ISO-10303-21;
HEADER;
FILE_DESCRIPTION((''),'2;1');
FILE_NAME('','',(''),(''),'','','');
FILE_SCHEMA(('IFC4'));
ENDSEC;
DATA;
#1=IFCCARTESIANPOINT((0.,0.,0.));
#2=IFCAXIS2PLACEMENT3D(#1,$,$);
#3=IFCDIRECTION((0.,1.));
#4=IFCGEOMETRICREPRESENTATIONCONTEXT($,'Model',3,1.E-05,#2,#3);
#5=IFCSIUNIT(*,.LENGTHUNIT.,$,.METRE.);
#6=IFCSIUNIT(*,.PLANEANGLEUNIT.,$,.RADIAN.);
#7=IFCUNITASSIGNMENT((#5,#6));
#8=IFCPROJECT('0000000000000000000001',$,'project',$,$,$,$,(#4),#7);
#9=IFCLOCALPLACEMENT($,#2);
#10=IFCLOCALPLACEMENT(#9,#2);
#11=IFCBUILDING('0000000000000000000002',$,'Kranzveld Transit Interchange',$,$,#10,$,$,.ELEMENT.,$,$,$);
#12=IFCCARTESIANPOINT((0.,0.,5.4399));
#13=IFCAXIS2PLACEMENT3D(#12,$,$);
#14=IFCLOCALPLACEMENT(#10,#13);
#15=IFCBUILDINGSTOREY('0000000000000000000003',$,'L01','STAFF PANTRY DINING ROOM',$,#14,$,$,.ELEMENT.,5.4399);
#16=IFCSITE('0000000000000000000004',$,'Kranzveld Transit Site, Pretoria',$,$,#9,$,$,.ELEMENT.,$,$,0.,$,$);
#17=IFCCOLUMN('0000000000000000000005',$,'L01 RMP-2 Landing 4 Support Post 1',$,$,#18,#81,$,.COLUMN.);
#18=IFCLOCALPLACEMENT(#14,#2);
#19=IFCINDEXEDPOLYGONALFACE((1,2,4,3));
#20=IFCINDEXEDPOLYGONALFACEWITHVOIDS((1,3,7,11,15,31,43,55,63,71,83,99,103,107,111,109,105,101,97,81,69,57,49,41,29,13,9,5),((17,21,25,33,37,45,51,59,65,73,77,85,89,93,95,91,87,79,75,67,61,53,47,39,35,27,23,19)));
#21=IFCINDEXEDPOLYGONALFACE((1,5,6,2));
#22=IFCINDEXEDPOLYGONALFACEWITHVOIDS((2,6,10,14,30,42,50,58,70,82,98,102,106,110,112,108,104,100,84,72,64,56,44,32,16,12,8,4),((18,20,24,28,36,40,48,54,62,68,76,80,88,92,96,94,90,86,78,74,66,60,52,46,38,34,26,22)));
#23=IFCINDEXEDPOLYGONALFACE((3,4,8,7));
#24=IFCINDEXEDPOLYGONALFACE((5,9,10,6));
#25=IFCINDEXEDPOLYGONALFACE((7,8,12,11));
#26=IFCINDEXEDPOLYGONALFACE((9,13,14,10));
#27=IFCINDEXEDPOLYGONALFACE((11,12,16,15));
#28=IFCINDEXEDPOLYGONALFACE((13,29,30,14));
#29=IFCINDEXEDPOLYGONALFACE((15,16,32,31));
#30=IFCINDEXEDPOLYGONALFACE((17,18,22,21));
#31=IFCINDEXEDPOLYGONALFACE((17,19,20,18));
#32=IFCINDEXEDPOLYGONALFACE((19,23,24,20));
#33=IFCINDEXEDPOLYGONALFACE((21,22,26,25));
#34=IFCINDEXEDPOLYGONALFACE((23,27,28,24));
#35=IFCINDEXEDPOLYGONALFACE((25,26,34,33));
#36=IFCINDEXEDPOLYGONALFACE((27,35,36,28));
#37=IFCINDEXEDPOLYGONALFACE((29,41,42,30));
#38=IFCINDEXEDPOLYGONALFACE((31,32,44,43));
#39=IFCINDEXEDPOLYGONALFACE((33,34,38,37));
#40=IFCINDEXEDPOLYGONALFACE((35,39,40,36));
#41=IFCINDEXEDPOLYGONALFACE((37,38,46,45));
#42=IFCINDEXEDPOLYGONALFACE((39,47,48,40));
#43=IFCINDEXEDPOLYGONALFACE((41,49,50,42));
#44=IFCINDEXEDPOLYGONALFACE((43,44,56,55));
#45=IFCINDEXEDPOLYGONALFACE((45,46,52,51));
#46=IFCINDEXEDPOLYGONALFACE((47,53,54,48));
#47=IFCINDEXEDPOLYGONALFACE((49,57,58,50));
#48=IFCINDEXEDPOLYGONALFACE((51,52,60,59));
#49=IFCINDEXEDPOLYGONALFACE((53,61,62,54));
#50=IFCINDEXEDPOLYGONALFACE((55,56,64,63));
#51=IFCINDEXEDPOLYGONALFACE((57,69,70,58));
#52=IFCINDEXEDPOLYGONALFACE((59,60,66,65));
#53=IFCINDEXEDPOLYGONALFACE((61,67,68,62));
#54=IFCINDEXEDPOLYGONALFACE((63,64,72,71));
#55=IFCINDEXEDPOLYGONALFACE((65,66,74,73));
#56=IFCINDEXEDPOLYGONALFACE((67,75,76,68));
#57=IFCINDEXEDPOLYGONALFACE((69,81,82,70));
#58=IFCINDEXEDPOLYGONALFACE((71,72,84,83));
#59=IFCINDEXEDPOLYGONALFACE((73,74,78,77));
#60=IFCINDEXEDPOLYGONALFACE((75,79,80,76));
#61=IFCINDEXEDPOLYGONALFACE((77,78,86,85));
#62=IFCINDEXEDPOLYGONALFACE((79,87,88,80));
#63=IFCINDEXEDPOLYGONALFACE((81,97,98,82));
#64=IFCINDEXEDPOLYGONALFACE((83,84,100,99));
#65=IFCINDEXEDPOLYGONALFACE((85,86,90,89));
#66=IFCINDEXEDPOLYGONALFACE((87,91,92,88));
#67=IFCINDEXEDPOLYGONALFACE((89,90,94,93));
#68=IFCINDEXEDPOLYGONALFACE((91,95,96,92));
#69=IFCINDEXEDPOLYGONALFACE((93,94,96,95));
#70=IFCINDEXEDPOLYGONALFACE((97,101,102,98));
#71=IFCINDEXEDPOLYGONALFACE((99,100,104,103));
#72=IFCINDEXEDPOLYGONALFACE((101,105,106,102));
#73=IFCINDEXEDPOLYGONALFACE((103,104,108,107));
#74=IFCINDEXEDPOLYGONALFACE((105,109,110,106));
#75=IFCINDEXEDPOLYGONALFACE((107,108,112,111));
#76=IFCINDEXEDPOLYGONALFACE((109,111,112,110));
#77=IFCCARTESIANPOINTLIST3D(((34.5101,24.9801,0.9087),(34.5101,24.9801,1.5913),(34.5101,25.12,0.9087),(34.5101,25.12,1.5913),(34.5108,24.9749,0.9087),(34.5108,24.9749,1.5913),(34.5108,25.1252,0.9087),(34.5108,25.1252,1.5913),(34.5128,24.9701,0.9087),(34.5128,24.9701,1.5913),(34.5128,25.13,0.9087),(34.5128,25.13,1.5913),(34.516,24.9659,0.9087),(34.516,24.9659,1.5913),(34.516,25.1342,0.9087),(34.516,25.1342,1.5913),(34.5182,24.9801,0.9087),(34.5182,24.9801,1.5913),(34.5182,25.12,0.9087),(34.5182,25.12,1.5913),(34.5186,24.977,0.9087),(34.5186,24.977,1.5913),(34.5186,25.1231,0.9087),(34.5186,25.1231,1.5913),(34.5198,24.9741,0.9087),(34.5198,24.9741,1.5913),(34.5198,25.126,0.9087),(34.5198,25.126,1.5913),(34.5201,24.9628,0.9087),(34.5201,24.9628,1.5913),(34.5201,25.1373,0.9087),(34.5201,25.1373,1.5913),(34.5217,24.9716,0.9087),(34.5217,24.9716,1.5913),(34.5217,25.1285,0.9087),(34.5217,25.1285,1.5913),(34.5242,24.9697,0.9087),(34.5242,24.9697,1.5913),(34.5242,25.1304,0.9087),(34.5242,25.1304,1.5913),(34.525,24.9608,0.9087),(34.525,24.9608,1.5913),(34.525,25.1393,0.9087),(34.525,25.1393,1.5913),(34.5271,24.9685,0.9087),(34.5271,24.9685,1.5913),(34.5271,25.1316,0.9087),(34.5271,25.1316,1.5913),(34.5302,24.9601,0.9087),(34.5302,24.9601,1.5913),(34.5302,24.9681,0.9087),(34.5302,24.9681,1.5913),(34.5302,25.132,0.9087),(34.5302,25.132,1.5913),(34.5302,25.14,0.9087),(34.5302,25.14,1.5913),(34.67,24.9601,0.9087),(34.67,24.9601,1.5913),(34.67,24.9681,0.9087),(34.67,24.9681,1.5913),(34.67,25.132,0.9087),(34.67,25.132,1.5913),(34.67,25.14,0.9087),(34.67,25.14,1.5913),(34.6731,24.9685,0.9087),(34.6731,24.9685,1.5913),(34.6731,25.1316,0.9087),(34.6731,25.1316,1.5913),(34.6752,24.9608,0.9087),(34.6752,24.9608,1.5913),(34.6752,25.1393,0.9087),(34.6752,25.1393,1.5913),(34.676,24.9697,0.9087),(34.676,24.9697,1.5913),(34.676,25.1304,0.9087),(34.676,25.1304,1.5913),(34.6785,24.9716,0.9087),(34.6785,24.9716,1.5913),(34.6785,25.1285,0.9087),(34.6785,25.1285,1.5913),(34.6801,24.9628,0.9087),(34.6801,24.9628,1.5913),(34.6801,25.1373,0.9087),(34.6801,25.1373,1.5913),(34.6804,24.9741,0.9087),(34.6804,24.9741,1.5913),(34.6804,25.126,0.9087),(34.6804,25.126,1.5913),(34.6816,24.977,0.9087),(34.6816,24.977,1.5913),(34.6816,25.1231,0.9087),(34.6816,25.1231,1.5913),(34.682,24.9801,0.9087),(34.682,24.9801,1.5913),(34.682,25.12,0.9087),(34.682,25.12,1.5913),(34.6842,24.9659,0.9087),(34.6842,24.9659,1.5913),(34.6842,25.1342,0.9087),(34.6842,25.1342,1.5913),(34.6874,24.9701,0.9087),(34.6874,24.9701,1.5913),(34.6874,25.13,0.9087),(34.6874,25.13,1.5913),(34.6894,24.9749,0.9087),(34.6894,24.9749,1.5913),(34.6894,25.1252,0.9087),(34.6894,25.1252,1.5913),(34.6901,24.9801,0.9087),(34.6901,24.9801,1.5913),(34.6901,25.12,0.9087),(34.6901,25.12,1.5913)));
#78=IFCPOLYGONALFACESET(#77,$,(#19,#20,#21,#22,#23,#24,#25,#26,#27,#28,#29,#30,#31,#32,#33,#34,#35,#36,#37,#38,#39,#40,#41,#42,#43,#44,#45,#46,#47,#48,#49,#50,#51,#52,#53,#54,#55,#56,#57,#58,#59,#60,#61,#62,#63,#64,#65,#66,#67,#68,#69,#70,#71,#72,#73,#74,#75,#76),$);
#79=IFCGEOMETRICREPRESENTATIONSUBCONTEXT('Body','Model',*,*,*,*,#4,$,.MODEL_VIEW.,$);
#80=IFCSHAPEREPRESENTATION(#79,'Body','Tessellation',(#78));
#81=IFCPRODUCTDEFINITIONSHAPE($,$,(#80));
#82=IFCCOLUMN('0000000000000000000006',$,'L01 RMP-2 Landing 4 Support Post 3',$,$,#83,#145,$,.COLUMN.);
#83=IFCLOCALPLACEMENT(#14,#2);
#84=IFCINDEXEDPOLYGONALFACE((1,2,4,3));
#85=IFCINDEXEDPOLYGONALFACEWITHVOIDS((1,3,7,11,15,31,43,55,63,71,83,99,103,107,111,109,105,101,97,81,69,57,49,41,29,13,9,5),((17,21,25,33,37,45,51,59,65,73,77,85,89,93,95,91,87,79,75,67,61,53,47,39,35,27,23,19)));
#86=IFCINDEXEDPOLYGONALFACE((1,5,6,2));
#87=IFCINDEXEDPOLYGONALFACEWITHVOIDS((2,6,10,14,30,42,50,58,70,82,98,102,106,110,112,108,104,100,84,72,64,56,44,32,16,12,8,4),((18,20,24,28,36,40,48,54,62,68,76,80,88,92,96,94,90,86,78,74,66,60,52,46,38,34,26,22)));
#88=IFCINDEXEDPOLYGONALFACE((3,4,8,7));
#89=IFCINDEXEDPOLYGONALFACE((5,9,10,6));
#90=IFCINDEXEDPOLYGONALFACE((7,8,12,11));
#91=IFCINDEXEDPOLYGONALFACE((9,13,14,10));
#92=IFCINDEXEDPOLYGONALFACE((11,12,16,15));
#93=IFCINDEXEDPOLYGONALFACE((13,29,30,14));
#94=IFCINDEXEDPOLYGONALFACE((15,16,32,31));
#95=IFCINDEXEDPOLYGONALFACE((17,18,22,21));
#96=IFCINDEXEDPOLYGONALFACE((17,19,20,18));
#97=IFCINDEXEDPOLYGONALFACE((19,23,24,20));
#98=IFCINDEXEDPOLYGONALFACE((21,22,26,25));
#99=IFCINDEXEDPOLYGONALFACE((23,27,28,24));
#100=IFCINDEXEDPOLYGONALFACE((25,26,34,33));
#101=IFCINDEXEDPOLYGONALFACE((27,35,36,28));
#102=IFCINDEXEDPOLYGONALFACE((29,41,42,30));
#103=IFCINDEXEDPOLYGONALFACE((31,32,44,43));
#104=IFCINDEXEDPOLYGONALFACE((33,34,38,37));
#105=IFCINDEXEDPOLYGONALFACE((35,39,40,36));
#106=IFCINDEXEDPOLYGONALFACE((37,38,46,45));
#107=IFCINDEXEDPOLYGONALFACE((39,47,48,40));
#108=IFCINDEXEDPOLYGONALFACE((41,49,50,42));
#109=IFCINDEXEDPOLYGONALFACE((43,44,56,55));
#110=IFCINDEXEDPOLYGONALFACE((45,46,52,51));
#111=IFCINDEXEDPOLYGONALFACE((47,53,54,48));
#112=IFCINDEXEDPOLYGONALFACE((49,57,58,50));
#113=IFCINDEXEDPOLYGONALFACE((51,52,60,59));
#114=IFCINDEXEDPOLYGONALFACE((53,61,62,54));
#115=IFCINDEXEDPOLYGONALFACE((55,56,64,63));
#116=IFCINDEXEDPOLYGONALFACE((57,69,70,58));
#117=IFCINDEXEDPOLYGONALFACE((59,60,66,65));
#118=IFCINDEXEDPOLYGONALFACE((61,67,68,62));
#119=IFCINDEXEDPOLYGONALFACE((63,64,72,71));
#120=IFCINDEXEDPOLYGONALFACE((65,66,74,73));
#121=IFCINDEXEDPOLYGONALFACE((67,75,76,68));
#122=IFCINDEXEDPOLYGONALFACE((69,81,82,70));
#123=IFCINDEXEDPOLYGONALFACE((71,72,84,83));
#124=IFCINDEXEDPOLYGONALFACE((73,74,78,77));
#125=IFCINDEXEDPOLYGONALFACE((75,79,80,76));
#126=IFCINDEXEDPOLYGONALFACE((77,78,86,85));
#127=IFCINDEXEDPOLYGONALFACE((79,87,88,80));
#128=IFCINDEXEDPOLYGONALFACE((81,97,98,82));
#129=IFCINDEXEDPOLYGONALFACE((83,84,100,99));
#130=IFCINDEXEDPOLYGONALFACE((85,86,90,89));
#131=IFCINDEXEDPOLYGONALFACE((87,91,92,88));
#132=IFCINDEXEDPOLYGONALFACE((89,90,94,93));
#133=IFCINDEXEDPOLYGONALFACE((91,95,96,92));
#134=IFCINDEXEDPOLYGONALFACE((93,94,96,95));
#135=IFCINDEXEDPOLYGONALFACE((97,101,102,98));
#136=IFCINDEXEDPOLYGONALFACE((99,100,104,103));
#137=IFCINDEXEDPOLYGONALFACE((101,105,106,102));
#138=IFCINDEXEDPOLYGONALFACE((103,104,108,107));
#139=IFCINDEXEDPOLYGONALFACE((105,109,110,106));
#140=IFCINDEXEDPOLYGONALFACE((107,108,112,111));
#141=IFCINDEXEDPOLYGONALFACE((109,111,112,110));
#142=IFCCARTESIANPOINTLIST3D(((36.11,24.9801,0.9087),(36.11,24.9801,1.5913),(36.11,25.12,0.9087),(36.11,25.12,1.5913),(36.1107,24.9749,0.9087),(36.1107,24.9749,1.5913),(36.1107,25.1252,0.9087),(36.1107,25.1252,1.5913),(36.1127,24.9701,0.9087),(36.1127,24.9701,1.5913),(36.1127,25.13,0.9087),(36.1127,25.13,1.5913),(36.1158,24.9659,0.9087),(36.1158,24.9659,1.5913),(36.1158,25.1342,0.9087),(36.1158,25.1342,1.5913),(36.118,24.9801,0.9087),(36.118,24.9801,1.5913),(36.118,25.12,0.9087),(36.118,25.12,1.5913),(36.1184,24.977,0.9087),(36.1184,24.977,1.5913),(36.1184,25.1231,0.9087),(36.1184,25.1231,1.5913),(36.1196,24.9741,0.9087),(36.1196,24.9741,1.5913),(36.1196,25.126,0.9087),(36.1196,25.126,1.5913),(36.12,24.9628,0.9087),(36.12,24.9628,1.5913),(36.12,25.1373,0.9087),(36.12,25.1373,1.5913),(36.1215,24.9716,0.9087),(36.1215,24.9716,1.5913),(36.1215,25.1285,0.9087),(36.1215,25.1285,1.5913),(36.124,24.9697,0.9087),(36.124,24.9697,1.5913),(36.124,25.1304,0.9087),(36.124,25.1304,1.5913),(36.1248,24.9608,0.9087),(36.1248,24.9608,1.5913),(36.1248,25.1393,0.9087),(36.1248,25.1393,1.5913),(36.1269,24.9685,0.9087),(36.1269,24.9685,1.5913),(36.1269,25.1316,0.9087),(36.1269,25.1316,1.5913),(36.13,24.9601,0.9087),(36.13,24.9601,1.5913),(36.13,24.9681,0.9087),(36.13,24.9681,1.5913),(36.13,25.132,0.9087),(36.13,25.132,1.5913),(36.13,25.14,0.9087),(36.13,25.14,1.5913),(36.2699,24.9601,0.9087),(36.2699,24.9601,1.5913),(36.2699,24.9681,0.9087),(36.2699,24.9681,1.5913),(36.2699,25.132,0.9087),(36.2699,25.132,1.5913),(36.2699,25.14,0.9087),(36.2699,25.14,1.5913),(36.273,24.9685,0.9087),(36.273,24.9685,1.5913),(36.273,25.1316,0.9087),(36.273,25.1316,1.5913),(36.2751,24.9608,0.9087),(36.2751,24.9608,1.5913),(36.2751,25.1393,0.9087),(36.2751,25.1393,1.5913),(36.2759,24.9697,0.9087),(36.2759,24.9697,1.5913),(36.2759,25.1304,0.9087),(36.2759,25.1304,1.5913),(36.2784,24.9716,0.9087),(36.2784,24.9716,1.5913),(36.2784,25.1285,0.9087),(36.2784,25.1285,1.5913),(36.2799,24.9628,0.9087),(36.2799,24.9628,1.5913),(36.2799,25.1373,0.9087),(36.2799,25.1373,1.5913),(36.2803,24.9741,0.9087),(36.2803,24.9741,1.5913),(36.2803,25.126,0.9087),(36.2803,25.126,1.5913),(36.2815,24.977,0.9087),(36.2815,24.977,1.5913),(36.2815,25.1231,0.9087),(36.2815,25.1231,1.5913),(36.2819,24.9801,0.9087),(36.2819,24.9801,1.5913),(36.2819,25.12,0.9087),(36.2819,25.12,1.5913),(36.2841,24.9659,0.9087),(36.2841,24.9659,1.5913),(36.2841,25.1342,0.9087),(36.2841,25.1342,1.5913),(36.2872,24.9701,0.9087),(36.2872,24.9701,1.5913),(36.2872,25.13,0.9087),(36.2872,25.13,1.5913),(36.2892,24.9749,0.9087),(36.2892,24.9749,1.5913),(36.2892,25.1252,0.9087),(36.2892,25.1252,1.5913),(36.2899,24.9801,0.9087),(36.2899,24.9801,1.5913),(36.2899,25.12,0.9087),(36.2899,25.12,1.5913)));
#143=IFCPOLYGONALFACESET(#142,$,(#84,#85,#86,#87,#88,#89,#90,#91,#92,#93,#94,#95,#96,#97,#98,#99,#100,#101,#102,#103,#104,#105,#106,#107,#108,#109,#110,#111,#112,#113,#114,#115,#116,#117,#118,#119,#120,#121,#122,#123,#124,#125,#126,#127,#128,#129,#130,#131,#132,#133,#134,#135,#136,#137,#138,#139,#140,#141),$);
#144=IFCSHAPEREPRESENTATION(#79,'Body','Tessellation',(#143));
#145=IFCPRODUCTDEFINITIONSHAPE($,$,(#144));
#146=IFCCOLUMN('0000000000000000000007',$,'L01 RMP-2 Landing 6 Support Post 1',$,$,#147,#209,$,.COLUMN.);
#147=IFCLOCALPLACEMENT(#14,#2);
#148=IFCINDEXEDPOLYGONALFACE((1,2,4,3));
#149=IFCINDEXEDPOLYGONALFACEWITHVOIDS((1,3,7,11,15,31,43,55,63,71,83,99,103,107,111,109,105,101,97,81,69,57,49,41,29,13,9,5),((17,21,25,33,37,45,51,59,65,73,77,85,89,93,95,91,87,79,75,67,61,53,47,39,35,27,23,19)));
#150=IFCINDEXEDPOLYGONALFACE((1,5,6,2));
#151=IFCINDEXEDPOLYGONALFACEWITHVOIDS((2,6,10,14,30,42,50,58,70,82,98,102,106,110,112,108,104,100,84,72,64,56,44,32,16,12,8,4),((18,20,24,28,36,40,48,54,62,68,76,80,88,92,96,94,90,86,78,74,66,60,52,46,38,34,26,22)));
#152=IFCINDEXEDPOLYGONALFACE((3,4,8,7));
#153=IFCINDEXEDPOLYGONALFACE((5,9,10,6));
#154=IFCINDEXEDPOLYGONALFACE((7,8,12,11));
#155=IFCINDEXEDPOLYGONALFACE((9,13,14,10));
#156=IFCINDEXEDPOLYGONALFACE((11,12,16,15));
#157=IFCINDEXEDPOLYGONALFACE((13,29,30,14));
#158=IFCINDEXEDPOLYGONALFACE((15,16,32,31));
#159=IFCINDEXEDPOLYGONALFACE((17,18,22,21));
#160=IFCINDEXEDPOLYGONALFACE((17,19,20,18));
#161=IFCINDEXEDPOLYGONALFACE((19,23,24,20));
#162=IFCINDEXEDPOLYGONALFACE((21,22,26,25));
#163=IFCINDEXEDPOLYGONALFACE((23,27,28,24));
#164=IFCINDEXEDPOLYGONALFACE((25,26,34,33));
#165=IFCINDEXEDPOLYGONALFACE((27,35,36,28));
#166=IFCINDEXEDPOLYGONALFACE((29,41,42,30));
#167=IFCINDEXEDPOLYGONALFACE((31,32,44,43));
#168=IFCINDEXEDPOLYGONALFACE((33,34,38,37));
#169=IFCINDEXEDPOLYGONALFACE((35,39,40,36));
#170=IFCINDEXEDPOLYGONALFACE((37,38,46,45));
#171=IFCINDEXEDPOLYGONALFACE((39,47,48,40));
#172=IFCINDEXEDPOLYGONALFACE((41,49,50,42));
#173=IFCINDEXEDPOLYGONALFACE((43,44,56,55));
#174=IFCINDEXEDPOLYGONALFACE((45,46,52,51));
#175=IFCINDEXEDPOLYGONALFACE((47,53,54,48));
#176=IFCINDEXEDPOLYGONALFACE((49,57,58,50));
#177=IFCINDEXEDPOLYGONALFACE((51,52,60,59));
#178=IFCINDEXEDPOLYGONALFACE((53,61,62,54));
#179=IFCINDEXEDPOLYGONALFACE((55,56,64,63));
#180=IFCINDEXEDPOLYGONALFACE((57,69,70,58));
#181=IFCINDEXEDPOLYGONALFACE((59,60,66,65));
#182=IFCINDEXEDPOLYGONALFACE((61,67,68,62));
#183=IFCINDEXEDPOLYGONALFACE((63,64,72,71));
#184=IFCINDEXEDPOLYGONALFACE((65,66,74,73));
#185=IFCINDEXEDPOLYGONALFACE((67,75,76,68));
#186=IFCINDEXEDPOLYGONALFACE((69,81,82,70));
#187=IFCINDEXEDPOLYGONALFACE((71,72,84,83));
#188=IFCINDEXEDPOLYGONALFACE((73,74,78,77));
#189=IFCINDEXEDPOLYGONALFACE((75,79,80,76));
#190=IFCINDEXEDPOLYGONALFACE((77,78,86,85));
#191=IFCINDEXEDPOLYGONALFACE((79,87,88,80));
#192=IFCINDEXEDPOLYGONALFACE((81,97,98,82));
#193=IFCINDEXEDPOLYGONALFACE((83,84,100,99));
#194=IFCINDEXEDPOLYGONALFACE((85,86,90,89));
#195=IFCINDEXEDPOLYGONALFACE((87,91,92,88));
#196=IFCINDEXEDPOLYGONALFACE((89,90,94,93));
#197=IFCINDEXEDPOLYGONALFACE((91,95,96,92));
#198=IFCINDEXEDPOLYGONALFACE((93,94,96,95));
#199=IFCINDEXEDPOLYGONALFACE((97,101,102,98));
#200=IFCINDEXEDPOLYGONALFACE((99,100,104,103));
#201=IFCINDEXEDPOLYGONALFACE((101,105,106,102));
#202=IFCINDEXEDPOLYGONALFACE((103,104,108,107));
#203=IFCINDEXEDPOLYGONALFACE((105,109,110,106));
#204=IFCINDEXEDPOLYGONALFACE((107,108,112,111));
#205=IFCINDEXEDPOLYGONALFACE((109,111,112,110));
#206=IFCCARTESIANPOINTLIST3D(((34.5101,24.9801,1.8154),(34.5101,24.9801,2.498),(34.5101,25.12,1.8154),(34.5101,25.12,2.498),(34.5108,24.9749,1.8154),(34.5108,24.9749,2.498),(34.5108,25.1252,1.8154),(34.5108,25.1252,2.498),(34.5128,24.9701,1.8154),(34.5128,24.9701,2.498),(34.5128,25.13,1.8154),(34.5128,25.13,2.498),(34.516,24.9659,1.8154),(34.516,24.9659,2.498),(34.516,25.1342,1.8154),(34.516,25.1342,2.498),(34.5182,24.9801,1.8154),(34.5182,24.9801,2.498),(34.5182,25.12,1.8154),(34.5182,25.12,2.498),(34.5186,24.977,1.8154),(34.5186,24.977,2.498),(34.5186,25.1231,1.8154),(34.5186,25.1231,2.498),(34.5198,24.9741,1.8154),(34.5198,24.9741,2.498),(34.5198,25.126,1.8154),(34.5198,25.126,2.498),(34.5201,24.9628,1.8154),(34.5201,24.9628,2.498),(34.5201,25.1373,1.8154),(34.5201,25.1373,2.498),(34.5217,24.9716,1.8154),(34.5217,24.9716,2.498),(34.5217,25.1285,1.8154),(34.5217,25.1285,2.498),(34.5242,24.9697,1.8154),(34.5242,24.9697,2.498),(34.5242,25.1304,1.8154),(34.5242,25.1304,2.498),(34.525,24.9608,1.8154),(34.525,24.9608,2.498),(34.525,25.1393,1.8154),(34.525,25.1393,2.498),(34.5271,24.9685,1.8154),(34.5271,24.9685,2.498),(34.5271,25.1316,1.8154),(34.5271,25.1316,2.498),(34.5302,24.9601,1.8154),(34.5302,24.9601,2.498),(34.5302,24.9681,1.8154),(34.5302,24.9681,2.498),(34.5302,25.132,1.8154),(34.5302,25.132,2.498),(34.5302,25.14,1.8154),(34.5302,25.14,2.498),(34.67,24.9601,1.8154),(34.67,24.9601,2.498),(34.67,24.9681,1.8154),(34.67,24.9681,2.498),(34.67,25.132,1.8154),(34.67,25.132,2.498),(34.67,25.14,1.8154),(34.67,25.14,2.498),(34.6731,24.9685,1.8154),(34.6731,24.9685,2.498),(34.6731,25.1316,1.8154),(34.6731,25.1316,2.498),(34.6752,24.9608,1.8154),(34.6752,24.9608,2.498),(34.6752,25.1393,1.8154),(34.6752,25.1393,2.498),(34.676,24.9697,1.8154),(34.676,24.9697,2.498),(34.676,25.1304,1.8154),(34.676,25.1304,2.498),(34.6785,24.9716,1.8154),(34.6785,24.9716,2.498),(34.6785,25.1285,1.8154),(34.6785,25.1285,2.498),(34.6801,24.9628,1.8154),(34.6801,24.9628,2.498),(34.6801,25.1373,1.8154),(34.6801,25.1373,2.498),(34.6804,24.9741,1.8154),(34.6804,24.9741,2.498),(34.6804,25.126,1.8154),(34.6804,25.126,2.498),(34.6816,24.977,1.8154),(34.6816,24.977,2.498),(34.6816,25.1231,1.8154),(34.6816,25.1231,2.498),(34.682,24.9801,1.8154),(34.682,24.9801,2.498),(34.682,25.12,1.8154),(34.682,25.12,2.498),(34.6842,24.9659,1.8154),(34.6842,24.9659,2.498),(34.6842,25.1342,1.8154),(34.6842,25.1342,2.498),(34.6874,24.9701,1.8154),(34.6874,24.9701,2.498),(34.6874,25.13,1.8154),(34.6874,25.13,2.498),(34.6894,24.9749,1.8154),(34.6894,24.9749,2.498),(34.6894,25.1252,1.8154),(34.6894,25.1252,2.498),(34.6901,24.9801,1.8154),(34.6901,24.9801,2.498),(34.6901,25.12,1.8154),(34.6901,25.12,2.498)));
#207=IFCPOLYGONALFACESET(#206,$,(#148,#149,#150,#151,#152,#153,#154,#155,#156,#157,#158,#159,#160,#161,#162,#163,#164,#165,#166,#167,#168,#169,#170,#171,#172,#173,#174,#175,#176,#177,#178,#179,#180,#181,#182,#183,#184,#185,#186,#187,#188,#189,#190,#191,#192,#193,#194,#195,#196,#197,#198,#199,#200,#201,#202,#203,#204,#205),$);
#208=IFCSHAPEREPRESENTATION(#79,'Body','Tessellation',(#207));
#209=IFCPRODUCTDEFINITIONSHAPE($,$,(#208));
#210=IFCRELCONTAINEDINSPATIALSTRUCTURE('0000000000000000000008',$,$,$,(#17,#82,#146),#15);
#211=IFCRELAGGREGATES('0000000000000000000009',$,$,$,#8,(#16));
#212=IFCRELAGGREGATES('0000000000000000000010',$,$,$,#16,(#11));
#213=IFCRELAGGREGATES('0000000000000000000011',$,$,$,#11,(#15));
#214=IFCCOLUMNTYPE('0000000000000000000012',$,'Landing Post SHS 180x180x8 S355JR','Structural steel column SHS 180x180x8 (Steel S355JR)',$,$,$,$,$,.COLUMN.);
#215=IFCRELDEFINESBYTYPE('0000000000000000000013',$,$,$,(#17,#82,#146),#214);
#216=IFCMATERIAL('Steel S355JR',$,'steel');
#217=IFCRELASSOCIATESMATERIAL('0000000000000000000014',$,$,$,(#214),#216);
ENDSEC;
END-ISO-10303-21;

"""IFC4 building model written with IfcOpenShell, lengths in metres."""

from ifc_helpers import new_model, si_unit, direction, frame, origin, origin_2d, place, context, subcontext, project, spatial, hollow_rectangle, extrude, material, material_profile, profile_set, type_object, element, save


model = new_model("IFC4")

# Units and contexts
model_context = context("Model", 3, precision=1e-05, world=origin(), true_north=direction((0.0, 1.0)))
body_context = subcontext(model_context, "Body", "Model", "MODEL_VIEW")
ifc_project = project(units=[si_unit("LENGTHUNIT", "METRE"), si_unit("PLANEANGLEUNIT", "RADIAN")], contexts=[model_context])

# Site, building, storey
site_placement = place(None, origin())
site = spatial("IfcSite", under=ifc_project, at=site_placement, Name="Kranzveld Transit Site, Pretoria", CompositionType="ELEMENT", RefElevation=0.0)
building_placement = place(site_placement, origin())
building = spatial("IfcBuilding", under=site, at=building_placement, Name="Kranzveld Transit Interchange", CompositionType="ELEMENT")
storey_placement = place(building_placement, frame((0.0, 0.0, 5.4399)))
storey = spatial("IfcBuildingStorey", under=building, at=storey_placement, Name="L01", Description="STAFF PANTRY DINING ROOM", CompositionType="ELEMENT", Elevation=5.4399)

# Columns
ifc_material_1 = material(Name="Steel S355JR", Category="steel")
ifc_material_profile = material_profile(ifc_material_1, hollow_rectangle(XDim=0.1799, YDim=0.1799, WallThickness=0.0081, InnerFilletRadius=0.012, OuterFilletRadius=0.02, at=origin_2d()), Name="SHS 180x180x8")
ifc_profile_set = profile_set([ifc_material_profile], Name="Steel S355JR")
column_type = type_object("IfcColumnType", Name="Landing Post SHS 180x180x8 S355JR", Description="Structural steel column SHS 180x180x8 (Steel S355JR)", PredefinedType="COLUMN", material=ifc_profile_set)
for number, where, z_axis, x_axis, name in (
    (1, (34.6001, 25.05, 0.9087), (0.0, 0.0, 1.0), (1.0, 0.0, 0.0), "L01 RMP-2 Landing 4 Support Post 1"),
    (2, (36.2, 25.05, 0.9087), (0.0, 0.0, 1.0), (1.0, 0.0, 0.0), "L01 RMP-2 Landing 4 Support Post 3"),
    (3, (34.6001, 25.05, 1.8154), (0.0, 0.0, 1.0), (1.0, 0.0, 0.0), "L01 RMP-2 Landing 6 Support Post 1"),
):
    element("IfcColumn", number, at=place(storey_placement, frame(where, z_axis=z_axis, x_axis=x_axis)), inside=storey, type_object=column_type, Name=name, PredefinedType="COLUMN", context=body_context, shape_type="SweptSolid", body=[
        extrude(hollow_rectangle(XDim=0.1799, YDim=0.1799, WallThickness=0.0081, InnerFilletRadius=0.012, OuterFilletRadius=0.02, at=origin_2d()), origin(), (0.0, 0.0, 1.0), 0.6826),
    ])

save(model, "model.ifc")
